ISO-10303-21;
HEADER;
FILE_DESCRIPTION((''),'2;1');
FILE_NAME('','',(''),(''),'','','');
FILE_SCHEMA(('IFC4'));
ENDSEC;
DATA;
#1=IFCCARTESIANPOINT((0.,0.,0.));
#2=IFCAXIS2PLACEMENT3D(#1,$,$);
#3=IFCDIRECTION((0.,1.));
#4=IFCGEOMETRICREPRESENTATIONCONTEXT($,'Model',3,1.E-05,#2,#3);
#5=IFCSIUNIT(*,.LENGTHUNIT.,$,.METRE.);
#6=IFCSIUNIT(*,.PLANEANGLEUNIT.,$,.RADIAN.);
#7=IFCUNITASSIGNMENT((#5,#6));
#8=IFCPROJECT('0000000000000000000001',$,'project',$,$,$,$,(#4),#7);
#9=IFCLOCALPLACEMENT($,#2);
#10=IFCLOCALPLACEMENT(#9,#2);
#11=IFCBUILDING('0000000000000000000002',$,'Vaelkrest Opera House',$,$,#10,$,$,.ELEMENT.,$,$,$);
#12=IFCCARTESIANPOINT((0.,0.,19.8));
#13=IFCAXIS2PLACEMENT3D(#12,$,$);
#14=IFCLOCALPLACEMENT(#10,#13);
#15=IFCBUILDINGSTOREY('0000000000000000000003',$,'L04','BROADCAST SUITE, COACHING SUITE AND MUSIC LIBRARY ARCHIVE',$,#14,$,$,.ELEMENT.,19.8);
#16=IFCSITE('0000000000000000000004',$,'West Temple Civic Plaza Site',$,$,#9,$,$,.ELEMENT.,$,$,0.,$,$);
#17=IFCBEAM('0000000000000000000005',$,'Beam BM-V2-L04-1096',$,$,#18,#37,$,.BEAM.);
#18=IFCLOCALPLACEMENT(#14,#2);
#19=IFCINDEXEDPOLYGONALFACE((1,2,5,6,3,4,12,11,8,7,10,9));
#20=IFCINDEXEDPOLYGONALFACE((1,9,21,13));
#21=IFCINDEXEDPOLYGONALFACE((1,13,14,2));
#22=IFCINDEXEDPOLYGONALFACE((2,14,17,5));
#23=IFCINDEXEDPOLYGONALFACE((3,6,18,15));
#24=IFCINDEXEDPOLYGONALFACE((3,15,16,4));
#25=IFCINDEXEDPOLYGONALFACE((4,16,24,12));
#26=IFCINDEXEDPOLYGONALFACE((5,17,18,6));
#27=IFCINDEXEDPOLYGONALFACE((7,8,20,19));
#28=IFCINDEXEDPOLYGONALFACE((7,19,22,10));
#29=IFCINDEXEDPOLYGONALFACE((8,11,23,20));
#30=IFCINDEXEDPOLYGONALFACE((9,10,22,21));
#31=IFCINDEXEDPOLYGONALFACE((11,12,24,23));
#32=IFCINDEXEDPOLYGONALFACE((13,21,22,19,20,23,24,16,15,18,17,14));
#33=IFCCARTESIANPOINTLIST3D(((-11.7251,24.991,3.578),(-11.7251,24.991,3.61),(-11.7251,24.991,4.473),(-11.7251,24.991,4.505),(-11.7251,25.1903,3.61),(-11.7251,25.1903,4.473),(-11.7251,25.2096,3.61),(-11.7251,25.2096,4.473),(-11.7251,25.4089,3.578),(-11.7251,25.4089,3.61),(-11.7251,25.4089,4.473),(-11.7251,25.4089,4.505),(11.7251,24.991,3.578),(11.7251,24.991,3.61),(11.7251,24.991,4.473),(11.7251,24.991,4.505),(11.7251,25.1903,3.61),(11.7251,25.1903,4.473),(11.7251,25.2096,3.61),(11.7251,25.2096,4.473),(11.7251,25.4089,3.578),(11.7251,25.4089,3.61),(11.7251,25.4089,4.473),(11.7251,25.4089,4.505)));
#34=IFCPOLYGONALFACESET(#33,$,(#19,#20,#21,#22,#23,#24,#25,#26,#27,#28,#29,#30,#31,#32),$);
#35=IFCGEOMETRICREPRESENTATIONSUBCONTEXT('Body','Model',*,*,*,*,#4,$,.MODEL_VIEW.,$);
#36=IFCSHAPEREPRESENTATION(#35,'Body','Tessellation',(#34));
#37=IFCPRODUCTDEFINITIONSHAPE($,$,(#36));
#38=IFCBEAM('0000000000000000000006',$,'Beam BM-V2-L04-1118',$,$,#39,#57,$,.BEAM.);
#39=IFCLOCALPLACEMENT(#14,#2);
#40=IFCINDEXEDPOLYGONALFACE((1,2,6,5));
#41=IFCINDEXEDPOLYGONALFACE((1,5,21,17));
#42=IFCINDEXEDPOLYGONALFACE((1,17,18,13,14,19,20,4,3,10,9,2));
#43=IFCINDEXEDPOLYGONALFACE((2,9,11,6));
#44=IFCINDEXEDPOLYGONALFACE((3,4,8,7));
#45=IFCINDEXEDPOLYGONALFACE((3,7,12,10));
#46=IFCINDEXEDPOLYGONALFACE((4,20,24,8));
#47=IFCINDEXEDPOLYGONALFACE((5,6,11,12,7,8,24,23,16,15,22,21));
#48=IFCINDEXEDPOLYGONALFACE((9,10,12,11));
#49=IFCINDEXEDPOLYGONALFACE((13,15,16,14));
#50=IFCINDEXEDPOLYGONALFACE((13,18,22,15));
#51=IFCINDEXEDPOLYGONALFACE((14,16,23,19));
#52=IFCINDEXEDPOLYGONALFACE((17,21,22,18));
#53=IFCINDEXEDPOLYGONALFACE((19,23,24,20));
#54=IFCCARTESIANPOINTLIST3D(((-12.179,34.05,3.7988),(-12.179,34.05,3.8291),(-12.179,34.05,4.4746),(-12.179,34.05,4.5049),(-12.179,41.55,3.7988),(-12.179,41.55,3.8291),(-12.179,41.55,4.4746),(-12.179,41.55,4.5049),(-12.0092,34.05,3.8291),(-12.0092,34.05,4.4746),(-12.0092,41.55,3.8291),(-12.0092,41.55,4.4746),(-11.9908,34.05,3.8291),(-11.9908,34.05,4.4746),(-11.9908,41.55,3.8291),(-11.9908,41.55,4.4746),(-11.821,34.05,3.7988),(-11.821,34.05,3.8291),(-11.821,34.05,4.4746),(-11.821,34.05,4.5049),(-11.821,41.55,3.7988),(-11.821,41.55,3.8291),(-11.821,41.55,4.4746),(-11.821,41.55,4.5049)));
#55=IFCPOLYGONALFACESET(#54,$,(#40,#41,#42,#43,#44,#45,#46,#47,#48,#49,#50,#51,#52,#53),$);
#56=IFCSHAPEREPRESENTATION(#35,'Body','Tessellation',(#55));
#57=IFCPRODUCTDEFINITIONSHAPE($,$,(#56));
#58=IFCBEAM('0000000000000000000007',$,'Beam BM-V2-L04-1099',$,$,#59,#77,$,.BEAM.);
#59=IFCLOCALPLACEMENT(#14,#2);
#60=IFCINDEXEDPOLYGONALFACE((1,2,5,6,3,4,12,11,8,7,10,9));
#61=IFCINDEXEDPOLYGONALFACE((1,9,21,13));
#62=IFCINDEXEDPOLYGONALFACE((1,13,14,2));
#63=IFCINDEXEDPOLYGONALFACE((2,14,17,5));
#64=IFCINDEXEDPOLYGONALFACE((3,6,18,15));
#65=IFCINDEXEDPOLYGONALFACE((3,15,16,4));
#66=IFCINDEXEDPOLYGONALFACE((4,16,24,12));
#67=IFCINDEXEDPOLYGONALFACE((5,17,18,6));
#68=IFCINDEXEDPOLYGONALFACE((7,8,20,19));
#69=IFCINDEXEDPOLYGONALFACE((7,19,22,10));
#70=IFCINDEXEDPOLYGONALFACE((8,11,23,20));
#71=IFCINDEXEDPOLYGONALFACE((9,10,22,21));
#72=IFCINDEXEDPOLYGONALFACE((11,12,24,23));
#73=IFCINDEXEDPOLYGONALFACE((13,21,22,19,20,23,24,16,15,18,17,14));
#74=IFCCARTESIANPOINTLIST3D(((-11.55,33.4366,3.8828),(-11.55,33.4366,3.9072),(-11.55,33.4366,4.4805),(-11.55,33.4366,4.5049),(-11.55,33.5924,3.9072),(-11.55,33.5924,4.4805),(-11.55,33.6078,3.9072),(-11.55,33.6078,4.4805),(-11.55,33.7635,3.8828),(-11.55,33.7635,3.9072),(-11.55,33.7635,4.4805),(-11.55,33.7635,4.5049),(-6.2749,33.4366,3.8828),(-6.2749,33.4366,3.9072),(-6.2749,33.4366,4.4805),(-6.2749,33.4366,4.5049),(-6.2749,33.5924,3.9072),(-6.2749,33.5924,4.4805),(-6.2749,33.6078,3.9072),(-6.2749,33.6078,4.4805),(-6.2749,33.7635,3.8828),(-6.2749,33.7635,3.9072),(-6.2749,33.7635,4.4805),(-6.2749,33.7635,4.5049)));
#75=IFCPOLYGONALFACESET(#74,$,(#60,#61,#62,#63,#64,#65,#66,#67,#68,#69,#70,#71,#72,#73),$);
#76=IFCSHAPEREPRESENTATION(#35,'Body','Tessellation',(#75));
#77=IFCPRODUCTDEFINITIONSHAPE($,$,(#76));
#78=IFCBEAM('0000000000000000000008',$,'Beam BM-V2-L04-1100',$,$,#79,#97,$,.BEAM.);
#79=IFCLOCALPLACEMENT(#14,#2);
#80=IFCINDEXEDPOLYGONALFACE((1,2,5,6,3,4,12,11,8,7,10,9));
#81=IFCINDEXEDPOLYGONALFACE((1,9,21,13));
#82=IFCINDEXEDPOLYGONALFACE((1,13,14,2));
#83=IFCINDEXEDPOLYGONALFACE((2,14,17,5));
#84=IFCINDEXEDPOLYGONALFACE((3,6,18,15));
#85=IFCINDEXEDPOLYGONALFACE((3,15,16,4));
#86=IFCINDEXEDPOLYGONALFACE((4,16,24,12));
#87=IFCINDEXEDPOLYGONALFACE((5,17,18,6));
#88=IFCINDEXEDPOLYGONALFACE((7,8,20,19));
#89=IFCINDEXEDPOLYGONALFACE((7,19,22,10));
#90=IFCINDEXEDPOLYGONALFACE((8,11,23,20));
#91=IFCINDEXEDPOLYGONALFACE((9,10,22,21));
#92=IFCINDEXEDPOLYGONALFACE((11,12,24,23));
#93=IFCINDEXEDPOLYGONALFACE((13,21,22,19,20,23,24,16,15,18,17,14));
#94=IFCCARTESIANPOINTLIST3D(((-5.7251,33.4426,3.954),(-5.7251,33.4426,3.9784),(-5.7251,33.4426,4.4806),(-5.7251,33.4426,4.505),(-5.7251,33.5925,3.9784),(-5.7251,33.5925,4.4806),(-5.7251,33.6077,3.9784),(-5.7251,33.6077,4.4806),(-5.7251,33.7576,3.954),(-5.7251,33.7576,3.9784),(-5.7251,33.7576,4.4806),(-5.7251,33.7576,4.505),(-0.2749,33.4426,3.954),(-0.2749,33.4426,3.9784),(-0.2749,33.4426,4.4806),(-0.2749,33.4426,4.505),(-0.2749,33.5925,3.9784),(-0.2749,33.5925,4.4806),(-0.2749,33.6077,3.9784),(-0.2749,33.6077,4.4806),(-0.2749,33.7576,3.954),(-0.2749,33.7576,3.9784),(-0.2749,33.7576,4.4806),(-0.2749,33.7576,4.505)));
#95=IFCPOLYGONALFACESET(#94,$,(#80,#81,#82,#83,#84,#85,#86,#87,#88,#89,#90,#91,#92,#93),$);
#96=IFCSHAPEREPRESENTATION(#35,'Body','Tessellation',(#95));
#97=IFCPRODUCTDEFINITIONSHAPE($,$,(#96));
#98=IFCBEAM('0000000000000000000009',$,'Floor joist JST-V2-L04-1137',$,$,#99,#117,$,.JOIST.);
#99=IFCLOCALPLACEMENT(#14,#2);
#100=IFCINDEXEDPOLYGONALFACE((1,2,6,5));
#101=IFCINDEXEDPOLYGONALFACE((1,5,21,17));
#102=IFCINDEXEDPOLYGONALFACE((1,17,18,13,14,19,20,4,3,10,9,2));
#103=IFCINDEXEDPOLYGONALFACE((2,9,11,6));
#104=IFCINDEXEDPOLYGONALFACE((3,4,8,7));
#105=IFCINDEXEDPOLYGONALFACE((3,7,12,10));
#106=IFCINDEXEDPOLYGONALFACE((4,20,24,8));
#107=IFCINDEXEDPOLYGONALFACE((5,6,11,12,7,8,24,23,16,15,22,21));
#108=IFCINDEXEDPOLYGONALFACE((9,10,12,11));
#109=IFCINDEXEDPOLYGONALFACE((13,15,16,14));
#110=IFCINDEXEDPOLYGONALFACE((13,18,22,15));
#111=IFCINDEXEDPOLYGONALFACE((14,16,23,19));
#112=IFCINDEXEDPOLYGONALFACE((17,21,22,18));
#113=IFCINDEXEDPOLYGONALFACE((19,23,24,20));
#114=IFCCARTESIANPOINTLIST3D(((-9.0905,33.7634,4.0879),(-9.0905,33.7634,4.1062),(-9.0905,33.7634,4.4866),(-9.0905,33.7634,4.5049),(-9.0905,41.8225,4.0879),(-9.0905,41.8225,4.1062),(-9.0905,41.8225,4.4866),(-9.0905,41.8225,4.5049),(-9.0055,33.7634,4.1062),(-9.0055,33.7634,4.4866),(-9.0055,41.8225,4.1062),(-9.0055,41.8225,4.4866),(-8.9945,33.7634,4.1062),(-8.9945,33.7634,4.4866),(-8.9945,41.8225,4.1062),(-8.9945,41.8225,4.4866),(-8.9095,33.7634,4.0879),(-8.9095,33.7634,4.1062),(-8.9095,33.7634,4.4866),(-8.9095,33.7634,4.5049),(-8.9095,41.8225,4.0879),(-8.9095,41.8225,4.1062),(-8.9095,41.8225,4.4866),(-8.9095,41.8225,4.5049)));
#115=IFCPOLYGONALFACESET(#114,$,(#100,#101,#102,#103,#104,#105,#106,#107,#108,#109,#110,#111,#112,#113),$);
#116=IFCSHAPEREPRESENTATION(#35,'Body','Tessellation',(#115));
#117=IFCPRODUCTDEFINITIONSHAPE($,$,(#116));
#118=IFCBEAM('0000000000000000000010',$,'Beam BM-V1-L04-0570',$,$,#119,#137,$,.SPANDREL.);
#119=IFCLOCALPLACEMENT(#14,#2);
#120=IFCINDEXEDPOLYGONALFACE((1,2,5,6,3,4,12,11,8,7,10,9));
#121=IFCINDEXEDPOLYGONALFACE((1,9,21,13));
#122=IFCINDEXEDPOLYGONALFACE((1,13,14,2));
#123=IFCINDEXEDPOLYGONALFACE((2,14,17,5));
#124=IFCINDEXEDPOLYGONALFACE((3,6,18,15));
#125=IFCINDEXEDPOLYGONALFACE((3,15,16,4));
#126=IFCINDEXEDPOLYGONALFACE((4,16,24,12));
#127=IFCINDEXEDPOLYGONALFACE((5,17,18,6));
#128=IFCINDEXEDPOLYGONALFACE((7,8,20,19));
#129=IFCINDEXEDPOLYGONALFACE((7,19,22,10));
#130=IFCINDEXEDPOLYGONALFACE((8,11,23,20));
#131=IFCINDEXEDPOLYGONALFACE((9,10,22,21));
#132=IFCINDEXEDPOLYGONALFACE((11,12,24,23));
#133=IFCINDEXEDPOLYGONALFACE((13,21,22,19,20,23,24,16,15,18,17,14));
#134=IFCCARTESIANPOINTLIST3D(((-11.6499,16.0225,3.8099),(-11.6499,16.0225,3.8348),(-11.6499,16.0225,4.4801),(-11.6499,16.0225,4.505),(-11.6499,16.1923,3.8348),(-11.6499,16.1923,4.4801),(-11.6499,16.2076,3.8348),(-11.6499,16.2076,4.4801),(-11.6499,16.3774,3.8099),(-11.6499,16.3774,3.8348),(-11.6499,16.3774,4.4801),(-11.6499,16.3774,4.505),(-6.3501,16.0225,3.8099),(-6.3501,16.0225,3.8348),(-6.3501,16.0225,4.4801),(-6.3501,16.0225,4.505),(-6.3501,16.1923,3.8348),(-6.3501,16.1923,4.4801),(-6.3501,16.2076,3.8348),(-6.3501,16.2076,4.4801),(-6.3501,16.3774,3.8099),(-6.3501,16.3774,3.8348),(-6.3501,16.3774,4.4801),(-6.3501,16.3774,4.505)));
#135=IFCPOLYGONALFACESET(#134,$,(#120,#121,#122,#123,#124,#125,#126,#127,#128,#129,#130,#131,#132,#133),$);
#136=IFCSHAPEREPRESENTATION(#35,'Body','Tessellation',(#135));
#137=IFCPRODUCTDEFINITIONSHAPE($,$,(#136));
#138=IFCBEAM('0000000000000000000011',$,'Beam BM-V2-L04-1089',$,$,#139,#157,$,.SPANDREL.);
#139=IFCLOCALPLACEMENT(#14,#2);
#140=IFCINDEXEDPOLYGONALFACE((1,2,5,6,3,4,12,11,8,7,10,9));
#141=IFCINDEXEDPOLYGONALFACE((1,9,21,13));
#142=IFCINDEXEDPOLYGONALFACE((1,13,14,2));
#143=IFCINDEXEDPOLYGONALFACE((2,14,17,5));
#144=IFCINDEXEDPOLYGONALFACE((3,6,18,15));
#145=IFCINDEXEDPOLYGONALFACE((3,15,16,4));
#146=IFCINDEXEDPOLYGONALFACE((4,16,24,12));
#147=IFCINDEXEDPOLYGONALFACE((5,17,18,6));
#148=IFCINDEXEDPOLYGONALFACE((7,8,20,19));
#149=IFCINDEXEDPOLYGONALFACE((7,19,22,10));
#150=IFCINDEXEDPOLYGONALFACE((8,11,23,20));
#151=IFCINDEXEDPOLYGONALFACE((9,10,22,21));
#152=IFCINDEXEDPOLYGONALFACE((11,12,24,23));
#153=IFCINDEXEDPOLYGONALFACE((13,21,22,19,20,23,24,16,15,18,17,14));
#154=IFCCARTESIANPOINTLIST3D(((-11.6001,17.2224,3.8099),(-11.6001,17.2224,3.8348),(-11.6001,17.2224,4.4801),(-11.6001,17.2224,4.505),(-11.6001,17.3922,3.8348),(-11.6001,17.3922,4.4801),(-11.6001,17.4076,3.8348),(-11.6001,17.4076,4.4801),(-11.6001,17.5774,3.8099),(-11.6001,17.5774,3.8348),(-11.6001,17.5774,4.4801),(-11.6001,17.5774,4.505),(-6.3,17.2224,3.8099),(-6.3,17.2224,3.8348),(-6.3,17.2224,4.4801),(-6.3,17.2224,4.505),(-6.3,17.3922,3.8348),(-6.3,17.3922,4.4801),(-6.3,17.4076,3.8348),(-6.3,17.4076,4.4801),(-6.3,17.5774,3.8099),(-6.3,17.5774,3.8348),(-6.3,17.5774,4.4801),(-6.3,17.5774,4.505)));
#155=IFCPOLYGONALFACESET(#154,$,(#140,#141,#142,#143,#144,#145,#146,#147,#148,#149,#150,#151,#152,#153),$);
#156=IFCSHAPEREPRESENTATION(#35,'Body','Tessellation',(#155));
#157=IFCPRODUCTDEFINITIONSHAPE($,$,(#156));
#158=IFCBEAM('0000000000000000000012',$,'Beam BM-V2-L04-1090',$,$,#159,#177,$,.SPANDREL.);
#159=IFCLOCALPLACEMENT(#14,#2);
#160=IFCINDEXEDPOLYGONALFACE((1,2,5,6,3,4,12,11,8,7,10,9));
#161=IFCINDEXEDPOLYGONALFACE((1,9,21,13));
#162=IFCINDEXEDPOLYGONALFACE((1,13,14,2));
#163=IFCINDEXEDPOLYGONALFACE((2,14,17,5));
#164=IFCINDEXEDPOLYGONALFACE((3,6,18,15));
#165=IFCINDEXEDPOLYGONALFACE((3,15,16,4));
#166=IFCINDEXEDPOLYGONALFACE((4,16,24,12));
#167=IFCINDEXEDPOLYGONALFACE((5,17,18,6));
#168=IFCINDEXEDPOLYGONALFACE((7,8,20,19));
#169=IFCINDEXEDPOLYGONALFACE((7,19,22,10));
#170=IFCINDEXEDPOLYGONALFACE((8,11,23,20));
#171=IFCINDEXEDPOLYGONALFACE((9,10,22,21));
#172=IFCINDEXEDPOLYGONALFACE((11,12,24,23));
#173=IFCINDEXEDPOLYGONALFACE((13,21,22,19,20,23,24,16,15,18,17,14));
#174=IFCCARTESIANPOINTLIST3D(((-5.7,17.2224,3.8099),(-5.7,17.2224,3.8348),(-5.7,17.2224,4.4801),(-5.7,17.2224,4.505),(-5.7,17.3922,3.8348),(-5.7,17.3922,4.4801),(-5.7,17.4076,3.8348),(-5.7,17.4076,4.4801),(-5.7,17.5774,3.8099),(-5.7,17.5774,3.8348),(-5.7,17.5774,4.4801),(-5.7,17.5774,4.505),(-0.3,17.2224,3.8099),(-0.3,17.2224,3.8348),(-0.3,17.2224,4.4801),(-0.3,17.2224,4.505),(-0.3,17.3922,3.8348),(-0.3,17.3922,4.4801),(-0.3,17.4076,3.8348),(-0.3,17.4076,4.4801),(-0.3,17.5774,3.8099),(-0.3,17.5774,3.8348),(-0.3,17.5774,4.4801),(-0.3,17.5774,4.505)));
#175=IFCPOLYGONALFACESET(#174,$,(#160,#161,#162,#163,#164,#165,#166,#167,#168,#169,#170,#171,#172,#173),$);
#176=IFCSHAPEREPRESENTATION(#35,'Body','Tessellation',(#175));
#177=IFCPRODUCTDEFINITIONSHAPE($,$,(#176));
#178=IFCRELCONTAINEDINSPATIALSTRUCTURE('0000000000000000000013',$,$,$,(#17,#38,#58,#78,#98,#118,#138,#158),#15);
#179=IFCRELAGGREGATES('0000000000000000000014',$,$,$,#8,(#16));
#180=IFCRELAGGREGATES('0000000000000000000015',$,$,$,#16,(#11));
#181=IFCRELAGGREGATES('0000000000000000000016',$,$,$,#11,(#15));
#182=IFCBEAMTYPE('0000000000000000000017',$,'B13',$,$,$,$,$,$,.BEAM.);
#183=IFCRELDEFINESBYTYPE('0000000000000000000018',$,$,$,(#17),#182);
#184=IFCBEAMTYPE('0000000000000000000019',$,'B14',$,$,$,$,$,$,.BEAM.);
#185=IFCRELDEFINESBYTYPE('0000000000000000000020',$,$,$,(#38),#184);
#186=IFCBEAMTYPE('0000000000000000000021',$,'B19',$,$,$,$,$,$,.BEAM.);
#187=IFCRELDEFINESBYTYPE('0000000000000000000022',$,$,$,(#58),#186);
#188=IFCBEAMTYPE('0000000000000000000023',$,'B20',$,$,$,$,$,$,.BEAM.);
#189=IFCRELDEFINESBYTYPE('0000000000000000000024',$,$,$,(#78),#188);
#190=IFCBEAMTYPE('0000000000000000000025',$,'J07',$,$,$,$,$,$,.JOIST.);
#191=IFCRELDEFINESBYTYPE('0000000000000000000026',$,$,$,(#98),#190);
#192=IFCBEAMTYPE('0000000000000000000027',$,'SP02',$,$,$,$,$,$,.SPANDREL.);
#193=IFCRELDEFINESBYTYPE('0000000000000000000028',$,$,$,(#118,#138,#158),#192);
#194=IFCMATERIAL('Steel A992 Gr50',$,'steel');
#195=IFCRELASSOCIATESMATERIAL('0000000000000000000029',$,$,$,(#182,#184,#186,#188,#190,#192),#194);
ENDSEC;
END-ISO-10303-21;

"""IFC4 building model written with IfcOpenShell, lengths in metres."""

from ifc_helpers import new_model, si_unit, direction, frame, origin, origin_2d, place, context, subcontext, project, spatial, i_section, extrude, material, material_profile, profile_set, type_object, element, save


model = new_model("IFC4")

# Units and contexts
model_context = context("Model", 3, precision=1e-05, world=origin(), true_north=direction((0.0, 1.0)))
body_context = subcontext(model_context, "Body", "Model", "MODEL_VIEW")
ifc_project = project(units=[si_unit("LENGTHUNIT", "METRE"), si_unit("PLANEANGLEUNIT", "RADIAN")], contexts=[model_context])

# Site, building, storey
site_placement = place(None, origin())
site = spatial("IfcSite", under=ifc_project, at=site_placement, Name="West Temple Civic Plaza Site", CompositionType="ELEMENT", RefElevation=0.0)
building_placement = place(site_placement, origin())
building = spatial("IfcBuilding", under=site, at=building_placement, Name="Vaelkrest Opera House", CompositionType="ELEMENT")
storey_placement = place(building_placement, frame((0.0, 0.0, 19.8)))
storey = spatial("IfcBuildingStorey", under=building, at=storey_placement, Name="L04", Description="BROADCAST SUITE, COACHING SUITE AND MUSIC LIBRARY ARCHIVE", CompositionType="ELEMENT", Elevation=19.8)

# Beams
ifc_material_1 = material(Name="Steel A992 Gr50", Category="steel")
ifc_material_profile_1 = material_profile(ifc_material_1, i_section(OverallWidth=0.418, OverallDepth=0.927, WebThickness=0.0193, FlangeThickness=0.032, at=origin_2d()), Name="W36X231")
ifc_profile_set_1 = profile_set([ifc_material_profile_1], Name="Steel A992 Gr50")
beam_type_1 = type_object("IfcBeamType", Name="B13", PredefinedType="BEAM", material=ifc_profile_set_1)
beam_1_placement = place(storey_placement, frame((-11.7251, 25.2, 4.0415), z_axis=(1.0, 0.0, 0.0), x_axis=(0.0, 1.0, 0.0)))
element("IfcBeam", 1, at=beam_1_placement, inside=storey, type_object=beam_type_1, Name="Beam BM-V2-L04-1096", PredefinedType="BEAM", context=body_context, shape_type="SweptSolid", body=[
    extrude(i_section(OverallWidth=0.418, OverallDepth=0.927, WebThickness=0.0193, FlangeThickness=0.032, at=origin_2d()), origin(), (0.0, 0.0, 1.0), 23.4502),
])
ifc_material_profile_2 = material_profile(ifc_material_1, i_section(OverallWidth=0.3579, OverallDepth=0.7061, WebThickness=0.0183, FlangeThickness=0.0303, at=origin_2d()), Name="W27X178")
ifc_profile_set_2 = profile_set([ifc_material_profile_2], Name="Steel A992 Gr50")
beam_type_2 = type_object("IfcBeamType", Name="B14", PredefinedType="BEAM", material=ifc_profile_set_2)
beam_2_placement = place(storey_placement, frame((-12.0, 34.05, 4.1519), z_axis=(0.0, 1.0, 0.0), x_axis=(-1.0, 0.0, 0.0)))
element("IfcBeam", 2, at=beam_2_placement, inside=storey, type_object=beam_type_2, Name="Beam BM-V2-L04-1118", PredefinedType="BEAM", context=body_context, shape_type="SweptSolid", body=[
    extrude(i_section(OverallWidth=0.3579, OverallDepth=0.7061, WebThickness=0.0183, FlangeThickness=0.0303, at=origin_2d()), origin(), (0.0, 0.0, 1.0), 7.5),
])
ifc_material_profile_3 = material_profile(ifc_material_1, i_section(OverallWidth=0.3269, OverallDepth=0.6221, WebThickness=0.0154, FlangeThickness=0.0244, at=origin_2d()), Name="W24X131")
ifc_profile_set_3 = profile_set([ifc_material_profile_3], Name="Steel A992 Gr50")
beam_type_3 = type_object("IfcBeamType", Name="B19", PredefinedType="BEAM", material=ifc_profile_set_3)
beam_3_placement = place(storey_placement, frame((-11.55, 33.6001, 4.1938), z_axis=(1.0, 0.0, 0.0), x_axis=(0.0, 1.0, 0.0)))
element("IfcBeam", 3, at=beam_3_placement, inside=storey, type_object=beam_type_3, Name="Beam BM-V2-L04-1099", PredefinedType="BEAM", context=body_context, shape_type="SweptSolid", body=[
    extrude(i_section(OverallWidth=0.3269, OverallDepth=0.6221, WebThickness=0.0154, FlangeThickness=0.0244, at=origin_2d()), origin(), (0.0, 0.0, 1.0), 5.2751),
])
ifc_material_profile_4 = material_profile(ifc_material_1, i_section(OverallWidth=0.3149, OverallDepth=0.551, WebThickness=0.0151, FlangeThickness=0.0244, at=origin_2d()), Name="W21X122")
ifc_profile_set_4 = profile_set([ifc_material_profile_4], Name="Steel A992 Gr50")
beam_type_4 = type_object("IfcBeamType", Name="B20", PredefinedType="BEAM", material=ifc_profile_set_4)
beam_4_placement = place(storey_placement, frame((-5.7251, 33.6001, 4.2295), z_axis=(1.0, 0.0, 0.0), x_axis=(0.0, 1.0, 0.0)))
element("IfcBeam", 4, at=beam_4_placement, inside=storey, type_object=beam_type_4, Name="Beam BM-V2-L04-1100", PredefinedType="BEAM", context=body_context, shape_type="SweptSolid", body=[
    extrude(i_section(OverallWidth=0.3149, OverallDepth=0.551, WebThickness=0.0151, FlangeThickness=0.0244, at=origin_2d()), origin(), (0.0, 0.0, 1.0), 5.4502),
])
ifc_material_profile_5 = material_profile(ifc_material_1, i_section(OverallWidth=0.1809, OverallDepth=0.417, WebThickness=0.011, FlangeThickness=0.0183, at=origin_2d()), Name="W16X57")
ifc_profile_set_5 = profile_set([ifc_material_profile_5], Name="Steel A992 Gr50")
beam_type_5 = type_object("IfcBeamType", Name="J07", PredefinedType="JOIST", material=ifc_profile_set_5)
beam_5_placement = place(storey_placement, frame((-9.0, 33.7634, 4.2964), z_axis=(0.0, 1.0, 0.0), x_axis=(-1.0, 0.0, 0.0)))
element("IfcBeam", 5, at=beam_5_placement, inside=storey, type_object=beam_type_5, Name="Floor joist JST-V2-L04-1137", PredefinedType="JOIST", context=body_context, shape_type="SweptSolid", body=[
    extrude(i_section(OverallWidth=0.1809, OverallDepth=0.417, WebThickness=0.011, FlangeThickness=0.0183, at=origin_2d()), origin(), (0.0, 0.0, 1.0), 8.0591),
])
ifc_material_profile_6 = material_profile(ifc_material_1, i_section(OverallWidth=0.355, OverallDepth=0.6951, WebThickness=0.0154, FlangeThickness=0.0249, at=origin_2d()), Name="W27X146")
ifc_profile_set_6 = profile_set([ifc_material_profile_6], Name="Steel A992 Gr50")
beam_type_6 = type_object("IfcBeamType", Name="SP02", PredefinedType="SPANDREL", material=ifc_profile_set_6)
beam_6_placement = place(storey_placement, frame((-11.6499, 16.2, 4.1575), z_axis=(1.0, 0.0, 0.0), x_axis=(0.0, 1.0, 0.0)))
element("IfcBeam", 6, at=beam_6_placement, inside=storey, type_object=beam_type_6, Name="Beam BM-V1-L04-0570", PredefinedType="SPANDREL", context=body_context, shape_type="SweptSolid", body=[
    extrude(i_section(OverallWidth=0.355, OverallDepth=0.6951, WebThickness=0.0154, FlangeThickness=0.0249, at=origin_2d()), origin(), (0.0, 0.0, 1.0), 5.2998),
])
beam_7_placement = place(storey_placement, frame((-11.6001, 17.3999, 4.1575), z_axis=(1.0, 0.0, 0.0), x_axis=(0.0, 1.0, 0.0)))
element("IfcBeam", 7, at=beam_7_placement, inside=storey, type_object=beam_type_6, Name="Beam BM-V2-L04-1089", PredefinedType="SPANDREL", context=body_context, shape_type="SweptSolid", body=[
    extrude(i_section(OverallWidth=0.355, OverallDepth=0.6951, WebThickness=0.0154, FlangeThickness=0.0249, at=origin_2d()), origin(), (0.0, 0.0, 1.0), 5.3),
])
for number, where, z_axis, x_axis, name in (
    (8, (-5.7, 17.3999, 4.1575), (1.0, 0.0, 0.0), (0.0, 1.0, 0.0), "Beam BM-V2-L04-1090"),
):
    element("IfcBeam", number, at=place(storey_placement, frame(where, z_axis=z_axis, x_axis=x_axis)), inside=storey, type_object=beam_type_6, Name=name, PredefinedType="SPANDREL", context=body_context, shape_type="SweptSolid", body=[
        extrude(i_section(OverallWidth=0.355, OverallDepth=0.6951, WebThickness=0.0154, FlangeThickness=0.0249, at=origin_2d()), origin(), (0.0, 0.0, 1.0), 5.3999),
    ])

save(model, "model.ifc")
